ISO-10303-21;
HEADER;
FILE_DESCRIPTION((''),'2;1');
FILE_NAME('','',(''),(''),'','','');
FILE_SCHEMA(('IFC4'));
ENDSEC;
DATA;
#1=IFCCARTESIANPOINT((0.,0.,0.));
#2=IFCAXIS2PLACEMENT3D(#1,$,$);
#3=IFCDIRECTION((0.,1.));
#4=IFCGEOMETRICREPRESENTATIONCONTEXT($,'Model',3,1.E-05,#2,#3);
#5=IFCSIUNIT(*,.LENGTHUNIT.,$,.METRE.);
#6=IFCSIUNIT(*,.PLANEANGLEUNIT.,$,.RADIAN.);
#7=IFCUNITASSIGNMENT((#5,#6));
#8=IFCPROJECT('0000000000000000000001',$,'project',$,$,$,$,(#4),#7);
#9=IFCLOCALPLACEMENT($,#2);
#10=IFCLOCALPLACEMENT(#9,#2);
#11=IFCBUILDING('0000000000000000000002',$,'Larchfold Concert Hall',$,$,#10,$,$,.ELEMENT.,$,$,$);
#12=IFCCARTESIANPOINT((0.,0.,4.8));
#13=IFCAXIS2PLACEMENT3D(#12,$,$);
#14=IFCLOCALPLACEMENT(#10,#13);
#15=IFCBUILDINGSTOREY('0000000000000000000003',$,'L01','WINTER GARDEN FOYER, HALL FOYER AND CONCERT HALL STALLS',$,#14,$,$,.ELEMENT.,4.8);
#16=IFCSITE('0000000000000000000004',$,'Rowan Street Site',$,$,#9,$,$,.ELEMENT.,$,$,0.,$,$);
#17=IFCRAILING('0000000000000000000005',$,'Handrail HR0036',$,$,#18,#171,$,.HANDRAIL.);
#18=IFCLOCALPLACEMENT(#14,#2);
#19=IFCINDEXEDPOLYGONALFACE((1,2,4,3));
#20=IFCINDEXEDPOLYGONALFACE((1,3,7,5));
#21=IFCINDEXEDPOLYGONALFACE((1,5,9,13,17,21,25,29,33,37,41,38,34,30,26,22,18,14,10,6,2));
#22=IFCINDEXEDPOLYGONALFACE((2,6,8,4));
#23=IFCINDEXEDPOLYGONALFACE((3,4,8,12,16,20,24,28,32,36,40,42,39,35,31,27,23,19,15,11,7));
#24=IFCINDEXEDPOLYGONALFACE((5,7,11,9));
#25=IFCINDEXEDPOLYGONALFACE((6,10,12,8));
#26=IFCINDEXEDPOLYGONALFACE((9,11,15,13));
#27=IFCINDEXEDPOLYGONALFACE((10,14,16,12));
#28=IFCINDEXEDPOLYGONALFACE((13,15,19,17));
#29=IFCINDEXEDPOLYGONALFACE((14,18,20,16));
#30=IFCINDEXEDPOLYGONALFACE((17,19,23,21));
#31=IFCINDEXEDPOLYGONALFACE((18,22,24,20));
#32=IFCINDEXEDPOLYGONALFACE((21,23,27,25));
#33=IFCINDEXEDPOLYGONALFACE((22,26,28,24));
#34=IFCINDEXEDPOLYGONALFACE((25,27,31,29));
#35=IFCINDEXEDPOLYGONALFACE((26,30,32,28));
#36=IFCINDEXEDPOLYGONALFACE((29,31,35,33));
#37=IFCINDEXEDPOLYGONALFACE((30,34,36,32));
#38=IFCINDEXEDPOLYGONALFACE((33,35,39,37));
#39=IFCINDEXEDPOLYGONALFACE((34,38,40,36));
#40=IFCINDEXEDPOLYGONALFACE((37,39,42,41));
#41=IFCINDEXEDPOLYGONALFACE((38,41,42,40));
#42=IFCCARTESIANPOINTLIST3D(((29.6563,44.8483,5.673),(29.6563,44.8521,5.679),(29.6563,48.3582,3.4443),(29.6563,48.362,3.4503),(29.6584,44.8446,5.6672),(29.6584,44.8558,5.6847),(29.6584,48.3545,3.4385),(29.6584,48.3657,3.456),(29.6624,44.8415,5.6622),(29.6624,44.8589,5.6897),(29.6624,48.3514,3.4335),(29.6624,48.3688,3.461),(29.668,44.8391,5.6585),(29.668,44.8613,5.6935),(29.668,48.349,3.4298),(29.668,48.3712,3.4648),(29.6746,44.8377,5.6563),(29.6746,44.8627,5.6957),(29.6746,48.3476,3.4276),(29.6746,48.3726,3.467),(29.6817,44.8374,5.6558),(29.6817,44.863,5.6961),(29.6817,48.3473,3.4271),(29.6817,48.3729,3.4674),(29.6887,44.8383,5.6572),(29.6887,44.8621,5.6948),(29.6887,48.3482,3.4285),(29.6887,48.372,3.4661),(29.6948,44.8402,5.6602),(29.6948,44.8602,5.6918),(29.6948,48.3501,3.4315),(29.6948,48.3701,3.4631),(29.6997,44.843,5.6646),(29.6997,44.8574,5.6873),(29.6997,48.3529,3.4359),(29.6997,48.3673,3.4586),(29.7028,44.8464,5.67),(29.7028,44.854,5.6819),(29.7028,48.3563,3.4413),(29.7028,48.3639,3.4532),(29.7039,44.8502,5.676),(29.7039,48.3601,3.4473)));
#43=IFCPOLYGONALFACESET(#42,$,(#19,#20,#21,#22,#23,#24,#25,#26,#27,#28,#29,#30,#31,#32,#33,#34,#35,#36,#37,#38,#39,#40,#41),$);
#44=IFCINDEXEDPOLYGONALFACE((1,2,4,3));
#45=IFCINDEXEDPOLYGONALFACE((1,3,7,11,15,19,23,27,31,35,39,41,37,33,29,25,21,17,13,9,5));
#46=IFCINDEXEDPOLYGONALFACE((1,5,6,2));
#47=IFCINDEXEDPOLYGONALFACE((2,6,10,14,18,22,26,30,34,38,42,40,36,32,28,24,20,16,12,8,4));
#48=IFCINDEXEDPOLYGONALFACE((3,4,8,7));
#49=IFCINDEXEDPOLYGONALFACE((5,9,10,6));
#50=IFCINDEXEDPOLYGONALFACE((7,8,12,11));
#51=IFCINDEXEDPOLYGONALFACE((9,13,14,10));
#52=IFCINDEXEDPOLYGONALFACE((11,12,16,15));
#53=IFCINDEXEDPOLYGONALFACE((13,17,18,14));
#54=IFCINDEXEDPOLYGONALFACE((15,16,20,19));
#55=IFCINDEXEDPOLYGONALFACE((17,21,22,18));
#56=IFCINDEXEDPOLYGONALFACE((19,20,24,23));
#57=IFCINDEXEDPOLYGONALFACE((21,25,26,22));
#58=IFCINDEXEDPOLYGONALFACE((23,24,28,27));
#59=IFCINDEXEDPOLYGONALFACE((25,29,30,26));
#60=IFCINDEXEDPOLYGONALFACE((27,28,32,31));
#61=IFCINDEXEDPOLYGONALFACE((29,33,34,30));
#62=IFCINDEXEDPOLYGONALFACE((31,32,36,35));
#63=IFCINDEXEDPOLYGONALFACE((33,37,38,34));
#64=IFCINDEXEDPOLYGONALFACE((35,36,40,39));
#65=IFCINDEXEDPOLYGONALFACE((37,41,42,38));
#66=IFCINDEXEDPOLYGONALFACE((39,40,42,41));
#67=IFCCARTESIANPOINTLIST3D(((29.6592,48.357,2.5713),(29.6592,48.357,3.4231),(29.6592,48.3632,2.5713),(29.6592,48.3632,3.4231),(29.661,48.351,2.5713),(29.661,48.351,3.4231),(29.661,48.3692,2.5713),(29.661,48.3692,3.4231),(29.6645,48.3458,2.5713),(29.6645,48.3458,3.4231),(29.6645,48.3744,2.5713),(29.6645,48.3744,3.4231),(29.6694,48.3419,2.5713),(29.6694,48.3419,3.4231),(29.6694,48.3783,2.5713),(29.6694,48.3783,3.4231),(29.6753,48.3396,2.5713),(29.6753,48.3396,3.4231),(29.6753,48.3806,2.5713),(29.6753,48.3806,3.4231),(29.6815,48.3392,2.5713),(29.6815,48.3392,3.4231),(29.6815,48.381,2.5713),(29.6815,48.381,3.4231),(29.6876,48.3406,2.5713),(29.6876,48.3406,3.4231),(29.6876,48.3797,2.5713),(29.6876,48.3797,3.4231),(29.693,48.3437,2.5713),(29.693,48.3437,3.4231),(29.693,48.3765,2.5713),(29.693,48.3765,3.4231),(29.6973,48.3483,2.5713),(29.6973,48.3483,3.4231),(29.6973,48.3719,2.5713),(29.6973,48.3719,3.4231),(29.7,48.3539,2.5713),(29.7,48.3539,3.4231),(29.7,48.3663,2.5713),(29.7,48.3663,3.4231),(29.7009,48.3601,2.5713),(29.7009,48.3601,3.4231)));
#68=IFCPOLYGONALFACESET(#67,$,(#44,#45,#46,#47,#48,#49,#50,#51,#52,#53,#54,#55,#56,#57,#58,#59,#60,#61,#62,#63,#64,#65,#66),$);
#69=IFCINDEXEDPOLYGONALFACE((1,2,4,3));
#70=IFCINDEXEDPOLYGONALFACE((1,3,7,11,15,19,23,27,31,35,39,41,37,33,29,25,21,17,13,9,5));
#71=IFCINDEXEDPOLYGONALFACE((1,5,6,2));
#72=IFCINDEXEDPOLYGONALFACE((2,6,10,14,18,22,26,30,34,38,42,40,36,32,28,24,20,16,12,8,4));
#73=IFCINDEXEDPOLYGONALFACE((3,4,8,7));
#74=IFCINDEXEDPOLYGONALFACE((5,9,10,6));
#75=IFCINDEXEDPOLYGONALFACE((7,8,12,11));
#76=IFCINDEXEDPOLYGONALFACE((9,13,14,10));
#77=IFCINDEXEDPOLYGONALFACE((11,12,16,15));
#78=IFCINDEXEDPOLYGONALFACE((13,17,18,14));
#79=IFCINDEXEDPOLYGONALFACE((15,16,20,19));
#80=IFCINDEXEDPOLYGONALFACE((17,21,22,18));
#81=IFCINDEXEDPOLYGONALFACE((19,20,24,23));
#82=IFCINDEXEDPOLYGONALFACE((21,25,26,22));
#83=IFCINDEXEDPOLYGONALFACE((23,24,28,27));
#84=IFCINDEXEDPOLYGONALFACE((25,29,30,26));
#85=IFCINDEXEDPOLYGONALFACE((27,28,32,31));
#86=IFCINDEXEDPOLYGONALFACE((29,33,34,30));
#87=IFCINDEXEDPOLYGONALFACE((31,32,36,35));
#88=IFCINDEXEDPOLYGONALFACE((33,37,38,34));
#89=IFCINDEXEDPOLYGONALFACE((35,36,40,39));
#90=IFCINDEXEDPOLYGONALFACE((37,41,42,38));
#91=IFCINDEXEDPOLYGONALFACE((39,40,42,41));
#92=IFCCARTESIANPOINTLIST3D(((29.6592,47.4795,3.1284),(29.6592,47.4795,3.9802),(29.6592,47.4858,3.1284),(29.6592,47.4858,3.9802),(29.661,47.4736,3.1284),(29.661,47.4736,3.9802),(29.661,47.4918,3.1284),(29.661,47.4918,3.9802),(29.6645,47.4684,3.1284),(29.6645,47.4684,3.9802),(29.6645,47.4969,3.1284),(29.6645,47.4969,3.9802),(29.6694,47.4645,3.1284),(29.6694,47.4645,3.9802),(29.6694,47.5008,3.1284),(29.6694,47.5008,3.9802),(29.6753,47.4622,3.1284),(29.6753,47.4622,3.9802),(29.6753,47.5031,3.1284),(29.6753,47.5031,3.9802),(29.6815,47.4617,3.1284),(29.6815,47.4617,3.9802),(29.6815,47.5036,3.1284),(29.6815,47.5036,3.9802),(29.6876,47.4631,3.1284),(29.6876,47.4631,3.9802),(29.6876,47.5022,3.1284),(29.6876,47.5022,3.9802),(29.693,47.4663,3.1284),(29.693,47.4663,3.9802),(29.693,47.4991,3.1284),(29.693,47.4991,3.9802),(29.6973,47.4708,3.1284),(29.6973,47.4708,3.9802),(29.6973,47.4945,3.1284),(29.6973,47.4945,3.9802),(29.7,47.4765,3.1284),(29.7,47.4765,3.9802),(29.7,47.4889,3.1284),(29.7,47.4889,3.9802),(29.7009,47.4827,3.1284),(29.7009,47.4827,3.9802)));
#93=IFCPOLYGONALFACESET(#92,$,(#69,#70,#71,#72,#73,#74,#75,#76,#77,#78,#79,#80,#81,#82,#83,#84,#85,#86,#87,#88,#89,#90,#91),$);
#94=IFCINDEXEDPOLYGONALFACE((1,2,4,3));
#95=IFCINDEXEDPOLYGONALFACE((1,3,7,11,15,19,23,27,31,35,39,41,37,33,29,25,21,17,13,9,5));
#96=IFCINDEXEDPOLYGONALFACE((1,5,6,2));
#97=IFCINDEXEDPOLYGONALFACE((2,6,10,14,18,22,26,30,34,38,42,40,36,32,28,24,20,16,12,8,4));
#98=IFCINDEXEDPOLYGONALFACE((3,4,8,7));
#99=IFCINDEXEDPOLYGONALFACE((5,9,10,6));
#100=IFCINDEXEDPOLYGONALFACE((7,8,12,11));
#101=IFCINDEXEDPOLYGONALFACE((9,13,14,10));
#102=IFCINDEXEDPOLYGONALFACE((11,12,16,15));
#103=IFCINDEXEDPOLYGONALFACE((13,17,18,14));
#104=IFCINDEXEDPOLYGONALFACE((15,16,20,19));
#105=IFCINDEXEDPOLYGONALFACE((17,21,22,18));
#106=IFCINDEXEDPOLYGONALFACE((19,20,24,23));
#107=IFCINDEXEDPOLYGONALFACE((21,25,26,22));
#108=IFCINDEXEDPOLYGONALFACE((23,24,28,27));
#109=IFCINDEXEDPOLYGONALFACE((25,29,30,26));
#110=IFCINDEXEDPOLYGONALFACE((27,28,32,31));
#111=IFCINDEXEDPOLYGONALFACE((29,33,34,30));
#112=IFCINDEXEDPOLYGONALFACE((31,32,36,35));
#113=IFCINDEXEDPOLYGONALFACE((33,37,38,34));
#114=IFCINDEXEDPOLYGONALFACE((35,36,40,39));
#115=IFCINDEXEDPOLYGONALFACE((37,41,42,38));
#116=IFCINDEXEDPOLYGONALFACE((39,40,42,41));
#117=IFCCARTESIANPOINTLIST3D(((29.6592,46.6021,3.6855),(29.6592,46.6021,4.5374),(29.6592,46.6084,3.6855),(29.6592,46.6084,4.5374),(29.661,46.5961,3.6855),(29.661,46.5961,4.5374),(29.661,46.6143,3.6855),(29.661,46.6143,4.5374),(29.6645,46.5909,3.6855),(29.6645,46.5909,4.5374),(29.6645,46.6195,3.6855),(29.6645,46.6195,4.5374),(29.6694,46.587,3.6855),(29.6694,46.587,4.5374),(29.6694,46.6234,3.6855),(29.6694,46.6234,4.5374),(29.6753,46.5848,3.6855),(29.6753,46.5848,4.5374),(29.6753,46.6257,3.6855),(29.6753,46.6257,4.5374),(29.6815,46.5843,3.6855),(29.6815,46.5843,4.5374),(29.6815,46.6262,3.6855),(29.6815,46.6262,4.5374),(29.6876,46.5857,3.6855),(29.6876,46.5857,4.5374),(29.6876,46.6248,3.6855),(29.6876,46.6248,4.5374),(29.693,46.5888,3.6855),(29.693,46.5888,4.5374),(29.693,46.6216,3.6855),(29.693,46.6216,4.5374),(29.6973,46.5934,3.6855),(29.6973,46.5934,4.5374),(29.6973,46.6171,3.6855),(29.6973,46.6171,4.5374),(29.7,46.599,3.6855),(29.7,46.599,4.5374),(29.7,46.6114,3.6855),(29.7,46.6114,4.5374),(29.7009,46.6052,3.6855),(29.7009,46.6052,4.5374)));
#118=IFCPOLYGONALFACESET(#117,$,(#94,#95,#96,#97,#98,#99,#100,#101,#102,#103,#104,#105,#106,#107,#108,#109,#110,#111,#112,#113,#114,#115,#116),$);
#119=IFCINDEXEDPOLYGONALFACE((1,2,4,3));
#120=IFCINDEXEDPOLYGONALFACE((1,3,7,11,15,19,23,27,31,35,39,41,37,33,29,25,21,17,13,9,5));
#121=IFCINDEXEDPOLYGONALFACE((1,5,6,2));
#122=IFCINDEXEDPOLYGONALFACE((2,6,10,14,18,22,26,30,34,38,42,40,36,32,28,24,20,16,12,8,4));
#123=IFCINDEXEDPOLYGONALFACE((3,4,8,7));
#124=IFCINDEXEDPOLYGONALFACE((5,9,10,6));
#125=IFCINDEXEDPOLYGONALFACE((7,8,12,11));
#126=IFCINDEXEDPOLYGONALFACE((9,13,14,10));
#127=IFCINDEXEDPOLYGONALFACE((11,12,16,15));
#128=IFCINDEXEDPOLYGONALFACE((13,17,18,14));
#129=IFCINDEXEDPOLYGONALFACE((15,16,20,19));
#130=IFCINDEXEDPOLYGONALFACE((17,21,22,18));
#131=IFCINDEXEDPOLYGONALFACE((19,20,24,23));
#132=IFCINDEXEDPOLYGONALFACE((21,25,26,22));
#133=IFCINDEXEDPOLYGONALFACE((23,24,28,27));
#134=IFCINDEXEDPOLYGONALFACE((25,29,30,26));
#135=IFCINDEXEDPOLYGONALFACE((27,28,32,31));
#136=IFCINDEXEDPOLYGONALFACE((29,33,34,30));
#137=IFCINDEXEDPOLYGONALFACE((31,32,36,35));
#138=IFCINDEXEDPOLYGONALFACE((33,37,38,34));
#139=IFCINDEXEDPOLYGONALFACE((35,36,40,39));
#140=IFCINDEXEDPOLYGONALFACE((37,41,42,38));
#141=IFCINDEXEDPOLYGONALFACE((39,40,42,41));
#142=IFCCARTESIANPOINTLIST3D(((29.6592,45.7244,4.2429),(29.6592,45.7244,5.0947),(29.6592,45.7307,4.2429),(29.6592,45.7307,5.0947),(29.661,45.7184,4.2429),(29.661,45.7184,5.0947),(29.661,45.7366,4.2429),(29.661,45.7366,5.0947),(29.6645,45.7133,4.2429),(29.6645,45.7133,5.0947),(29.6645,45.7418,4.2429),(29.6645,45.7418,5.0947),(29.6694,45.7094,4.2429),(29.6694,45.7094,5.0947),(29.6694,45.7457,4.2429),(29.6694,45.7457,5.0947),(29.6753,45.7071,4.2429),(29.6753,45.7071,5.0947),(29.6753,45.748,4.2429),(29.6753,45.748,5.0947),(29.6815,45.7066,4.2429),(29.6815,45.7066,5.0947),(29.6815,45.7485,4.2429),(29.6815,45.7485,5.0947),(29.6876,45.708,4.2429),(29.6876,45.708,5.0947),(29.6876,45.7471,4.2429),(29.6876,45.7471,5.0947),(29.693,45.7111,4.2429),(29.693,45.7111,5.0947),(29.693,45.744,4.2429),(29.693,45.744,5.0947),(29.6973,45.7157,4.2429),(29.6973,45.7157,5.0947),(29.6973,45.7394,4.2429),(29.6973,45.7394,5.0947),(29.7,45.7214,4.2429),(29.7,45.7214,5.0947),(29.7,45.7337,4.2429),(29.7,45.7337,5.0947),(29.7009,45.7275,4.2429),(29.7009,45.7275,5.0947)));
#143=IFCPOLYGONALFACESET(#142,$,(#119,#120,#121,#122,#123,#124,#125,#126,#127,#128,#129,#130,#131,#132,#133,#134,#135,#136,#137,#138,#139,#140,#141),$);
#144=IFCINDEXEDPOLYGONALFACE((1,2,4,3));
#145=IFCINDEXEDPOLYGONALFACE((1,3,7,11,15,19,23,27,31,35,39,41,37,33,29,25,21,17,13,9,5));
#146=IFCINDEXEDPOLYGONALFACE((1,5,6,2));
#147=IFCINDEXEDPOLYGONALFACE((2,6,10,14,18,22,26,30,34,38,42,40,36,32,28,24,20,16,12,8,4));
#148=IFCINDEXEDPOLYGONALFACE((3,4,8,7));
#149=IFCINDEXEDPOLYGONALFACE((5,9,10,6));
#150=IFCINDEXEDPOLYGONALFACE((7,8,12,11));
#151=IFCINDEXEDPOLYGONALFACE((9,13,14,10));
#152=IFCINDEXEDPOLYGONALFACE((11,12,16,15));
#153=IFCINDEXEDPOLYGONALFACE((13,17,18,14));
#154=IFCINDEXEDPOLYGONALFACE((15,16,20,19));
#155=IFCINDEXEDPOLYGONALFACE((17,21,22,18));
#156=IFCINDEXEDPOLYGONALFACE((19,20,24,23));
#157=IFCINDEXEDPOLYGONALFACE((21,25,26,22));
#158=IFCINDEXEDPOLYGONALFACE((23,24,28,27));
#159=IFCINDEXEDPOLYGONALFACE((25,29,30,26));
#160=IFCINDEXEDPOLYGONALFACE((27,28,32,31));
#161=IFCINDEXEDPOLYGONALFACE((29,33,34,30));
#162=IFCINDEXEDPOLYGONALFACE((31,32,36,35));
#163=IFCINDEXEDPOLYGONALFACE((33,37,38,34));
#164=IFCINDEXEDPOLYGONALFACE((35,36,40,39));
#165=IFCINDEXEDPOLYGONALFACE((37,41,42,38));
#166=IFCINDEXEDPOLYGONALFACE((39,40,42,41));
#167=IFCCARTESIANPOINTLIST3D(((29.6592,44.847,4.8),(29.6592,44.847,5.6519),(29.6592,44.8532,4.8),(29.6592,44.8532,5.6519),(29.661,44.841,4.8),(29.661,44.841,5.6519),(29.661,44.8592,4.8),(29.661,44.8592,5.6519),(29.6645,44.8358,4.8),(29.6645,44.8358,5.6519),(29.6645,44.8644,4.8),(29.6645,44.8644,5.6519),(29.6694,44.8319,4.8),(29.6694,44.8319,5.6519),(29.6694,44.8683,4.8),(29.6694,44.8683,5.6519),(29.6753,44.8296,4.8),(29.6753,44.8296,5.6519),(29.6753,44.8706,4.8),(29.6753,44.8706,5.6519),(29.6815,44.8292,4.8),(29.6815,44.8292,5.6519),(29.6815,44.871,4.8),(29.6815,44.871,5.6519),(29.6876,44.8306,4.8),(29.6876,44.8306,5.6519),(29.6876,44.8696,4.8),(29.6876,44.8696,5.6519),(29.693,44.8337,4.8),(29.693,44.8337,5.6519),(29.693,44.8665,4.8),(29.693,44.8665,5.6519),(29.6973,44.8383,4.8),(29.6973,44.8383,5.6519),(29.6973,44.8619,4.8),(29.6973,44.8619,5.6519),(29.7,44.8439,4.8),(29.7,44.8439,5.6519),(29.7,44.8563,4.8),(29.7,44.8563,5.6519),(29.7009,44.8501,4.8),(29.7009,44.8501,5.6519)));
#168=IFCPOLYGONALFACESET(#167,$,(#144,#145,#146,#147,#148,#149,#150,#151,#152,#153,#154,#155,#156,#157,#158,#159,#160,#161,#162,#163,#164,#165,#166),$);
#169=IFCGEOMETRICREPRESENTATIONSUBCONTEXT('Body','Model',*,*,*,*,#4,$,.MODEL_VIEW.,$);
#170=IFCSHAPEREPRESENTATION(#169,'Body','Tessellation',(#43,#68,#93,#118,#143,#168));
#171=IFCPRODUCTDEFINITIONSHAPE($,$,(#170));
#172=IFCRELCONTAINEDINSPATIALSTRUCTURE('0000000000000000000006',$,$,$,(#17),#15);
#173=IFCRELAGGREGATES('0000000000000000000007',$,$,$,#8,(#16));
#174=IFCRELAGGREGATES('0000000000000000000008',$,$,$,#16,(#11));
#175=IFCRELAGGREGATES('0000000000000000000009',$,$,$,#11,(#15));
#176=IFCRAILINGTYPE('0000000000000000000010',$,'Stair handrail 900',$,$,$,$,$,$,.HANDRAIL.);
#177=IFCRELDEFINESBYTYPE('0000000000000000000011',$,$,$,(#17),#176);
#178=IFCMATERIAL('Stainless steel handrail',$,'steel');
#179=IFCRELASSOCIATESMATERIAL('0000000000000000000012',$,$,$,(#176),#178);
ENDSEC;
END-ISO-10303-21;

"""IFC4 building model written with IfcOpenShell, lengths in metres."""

from ifc_helpers import new_model, si_unit, direction, frame, origin, origin_2d, place, context, subcontext, project, spatial, circle, extrude, material, type_object, element, save


model = new_model("IFC4")

# Units and contexts
model_context = context("Model", 3, precision=1e-05, world=origin(), true_north=direction((0.0, 1.0)))
body_context = subcontext(model_context, "Body", "Model", "MODEL_VIEW")
ifc_project = project(units=[si_unit("LENGTHUNIT", "METRE"), si_unit("PLANEANGLEUNIT", "RADIAN")], contexts=[model_context])

# Site, building, storey
site_placement = place(None, origin())
site = spatial("IfcSite", under=ifc_project, at=site_placement, Name="Rowan Street Site", CompositionType="ELEMENT", RefElevation=0.0)
building_placement = place(site_placement, origin())
building = spatial("IfcBuilding", under=site, at=building_placement, Name="Larchfold Concert Hall", CompositionType="ELEMENT")
storey_placement = place(building_placement, frame((0.0, 0.0, 4.8)))
storey = spatial("IfcBuildingStorey", under=building, at=storey_placement, Name="L01", Description="WINTER GARDEN FOYER, HALL FOYER AND CONCERT HALL STALLS", CompositionType="ELEMENT", Elevation=4.8)

# Railing
ifc_material_1 = material(Name="Stainless steel handrail", Category="steel")
railing_type_1 = type_object("IfcRailingType", Name="Stair handrail 900", PredefinedType="HANDRAIL", material=ifc_material_1)
railing_1_placement = place(storey_placement, frame((29.6799, 48.3601, 2.5713)))
element("IfcRailing", 1, at=railing_1_placement, inside=storey, type_object=railing_type_1, Name="Handrail HR0036", PredefinedType="HANDRAIL", context=body_context, shape_type="SweptSolid", body=[
    extrude(circle(Radius=0.0239, at=origin_2d()), frame((0.0, 0.0, 0.876), z_axis=(0.0, -0.844193, 0.536039), x_axis=(1.0, 0.0, 0.0)), (0.0, 0.0, 1.0), 4.1577),
    extrude(circle(Radius=0.021, at=origin_2d()), origin(), (0.0, 0.0, 1.0), 0.8518),
    extrude(circle(Radius=0.021, at=origin_2d()), frame((0.0, -0.8774, 0.5571)), (0.0, 0.0, 1.0), 0.8518),
    extrude(circle(Radius=0.021, at=origin_2d()), frame((0.0, -1.7549, 1.1143)), (0.0, 0.0, 1.0), 0.8518),
    extrude(circle(Radius=0.021, at=origin_2d()), frame((0.0, -2.6326, 1.6716)), (0.0, 0.0, 1.0), 0.8518),
    extrude(circle(Radius=0.021, at=origin_2d()), frame((0.0, -3.51, 2.2288)), (0.0, 0.0, 1.0), 0.8518),
])

save(model, "model.ifc")
